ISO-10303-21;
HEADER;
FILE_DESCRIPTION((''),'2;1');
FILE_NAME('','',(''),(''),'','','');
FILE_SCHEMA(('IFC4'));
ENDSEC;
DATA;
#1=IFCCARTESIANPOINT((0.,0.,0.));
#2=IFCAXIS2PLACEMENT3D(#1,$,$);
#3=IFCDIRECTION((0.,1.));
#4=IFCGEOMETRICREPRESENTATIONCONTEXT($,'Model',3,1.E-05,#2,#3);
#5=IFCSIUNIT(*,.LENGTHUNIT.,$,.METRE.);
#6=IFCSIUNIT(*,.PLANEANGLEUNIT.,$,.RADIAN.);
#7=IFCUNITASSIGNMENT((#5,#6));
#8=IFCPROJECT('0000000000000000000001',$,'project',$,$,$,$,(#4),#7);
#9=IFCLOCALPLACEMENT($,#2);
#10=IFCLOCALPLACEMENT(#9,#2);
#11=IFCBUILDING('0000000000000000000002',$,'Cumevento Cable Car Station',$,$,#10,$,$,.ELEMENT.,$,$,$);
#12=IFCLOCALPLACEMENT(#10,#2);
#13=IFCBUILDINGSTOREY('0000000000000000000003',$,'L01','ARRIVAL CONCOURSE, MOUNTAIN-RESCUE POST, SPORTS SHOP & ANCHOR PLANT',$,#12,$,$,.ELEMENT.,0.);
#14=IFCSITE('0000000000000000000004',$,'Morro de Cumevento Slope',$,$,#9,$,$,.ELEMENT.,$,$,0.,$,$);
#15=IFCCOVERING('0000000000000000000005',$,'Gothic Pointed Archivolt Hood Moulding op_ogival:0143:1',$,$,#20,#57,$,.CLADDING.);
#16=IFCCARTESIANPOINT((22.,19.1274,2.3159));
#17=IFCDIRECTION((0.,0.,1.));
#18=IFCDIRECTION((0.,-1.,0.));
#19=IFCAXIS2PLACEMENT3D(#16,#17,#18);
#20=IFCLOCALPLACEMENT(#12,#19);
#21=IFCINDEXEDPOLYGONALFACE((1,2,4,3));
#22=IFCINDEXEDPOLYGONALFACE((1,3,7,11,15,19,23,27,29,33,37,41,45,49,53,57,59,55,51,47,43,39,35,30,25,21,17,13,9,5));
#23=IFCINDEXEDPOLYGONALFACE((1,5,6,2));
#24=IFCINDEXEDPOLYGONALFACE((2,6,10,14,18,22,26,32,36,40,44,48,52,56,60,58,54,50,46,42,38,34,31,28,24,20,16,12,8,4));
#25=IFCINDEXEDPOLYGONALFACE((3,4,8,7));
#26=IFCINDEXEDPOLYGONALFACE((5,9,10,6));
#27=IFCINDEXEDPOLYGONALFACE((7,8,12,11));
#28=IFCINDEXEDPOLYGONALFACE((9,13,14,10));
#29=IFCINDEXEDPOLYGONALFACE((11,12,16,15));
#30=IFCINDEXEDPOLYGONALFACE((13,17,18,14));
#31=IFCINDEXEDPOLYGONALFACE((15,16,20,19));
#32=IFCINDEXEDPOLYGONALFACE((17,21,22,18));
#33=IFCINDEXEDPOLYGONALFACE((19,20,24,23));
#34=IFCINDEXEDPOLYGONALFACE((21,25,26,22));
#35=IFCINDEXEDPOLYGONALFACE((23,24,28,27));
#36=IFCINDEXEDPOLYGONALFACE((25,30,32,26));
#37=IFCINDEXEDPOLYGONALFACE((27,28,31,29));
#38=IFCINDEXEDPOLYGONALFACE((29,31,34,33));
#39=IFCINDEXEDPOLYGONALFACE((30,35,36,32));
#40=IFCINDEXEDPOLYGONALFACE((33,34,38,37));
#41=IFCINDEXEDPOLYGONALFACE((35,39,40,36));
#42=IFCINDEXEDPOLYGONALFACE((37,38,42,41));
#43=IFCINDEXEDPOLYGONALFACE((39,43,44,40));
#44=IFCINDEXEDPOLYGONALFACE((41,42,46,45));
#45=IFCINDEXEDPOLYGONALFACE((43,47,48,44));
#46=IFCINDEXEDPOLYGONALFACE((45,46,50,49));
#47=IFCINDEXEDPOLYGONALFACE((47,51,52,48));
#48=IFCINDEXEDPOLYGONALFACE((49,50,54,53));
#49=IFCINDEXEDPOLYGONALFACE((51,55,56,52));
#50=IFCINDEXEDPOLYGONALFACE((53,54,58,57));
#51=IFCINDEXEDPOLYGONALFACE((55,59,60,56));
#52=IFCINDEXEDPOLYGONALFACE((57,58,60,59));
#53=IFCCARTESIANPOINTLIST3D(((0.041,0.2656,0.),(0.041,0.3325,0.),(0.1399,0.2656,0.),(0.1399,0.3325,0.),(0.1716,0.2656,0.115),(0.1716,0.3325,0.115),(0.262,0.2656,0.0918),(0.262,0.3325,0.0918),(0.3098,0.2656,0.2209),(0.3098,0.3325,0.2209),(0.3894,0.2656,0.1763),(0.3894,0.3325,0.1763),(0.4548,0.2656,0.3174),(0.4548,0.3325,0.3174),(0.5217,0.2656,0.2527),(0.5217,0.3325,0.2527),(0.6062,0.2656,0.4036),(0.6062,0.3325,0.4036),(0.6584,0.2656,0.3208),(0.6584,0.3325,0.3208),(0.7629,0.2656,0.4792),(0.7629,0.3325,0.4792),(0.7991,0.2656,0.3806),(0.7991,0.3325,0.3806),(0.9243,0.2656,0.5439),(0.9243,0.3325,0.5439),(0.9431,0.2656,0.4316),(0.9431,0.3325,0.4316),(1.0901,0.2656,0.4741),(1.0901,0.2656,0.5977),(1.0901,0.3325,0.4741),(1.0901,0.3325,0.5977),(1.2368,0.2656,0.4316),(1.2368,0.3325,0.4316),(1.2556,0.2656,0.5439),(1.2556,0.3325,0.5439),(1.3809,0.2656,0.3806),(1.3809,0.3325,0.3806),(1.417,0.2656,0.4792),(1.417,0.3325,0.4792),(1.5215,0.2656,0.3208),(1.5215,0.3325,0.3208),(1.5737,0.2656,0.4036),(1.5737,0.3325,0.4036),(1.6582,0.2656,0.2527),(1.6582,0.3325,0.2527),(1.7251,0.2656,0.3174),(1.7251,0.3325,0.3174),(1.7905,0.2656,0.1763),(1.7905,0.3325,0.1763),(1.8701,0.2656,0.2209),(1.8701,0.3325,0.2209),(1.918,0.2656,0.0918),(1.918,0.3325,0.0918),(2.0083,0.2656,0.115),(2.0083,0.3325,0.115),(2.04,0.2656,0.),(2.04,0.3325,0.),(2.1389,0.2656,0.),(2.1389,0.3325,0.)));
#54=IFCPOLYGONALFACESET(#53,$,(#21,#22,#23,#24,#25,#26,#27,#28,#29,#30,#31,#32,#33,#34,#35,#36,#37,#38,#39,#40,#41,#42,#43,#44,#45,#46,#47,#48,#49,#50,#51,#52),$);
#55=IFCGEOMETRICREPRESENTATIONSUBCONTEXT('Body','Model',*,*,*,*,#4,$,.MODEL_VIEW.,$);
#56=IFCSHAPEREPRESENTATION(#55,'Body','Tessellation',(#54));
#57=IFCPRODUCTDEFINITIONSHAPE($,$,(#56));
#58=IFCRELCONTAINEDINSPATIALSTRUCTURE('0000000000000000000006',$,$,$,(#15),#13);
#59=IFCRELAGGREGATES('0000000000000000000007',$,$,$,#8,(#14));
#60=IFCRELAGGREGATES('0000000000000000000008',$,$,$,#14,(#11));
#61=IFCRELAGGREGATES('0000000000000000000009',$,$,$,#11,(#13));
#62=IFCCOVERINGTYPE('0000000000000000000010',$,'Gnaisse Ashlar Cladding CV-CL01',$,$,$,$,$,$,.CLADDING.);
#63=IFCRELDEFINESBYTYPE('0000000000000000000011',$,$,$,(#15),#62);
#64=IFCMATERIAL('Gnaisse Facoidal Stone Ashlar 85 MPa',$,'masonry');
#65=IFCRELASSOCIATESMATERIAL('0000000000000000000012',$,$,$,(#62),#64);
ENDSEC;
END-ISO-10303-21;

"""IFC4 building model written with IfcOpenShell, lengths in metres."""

from ifc_helpers import new_model, si_unit, direction, frame, origin, place, context, subcontext, project, spatial, polyline, outline, extrude, material, type_object, element, save


model = new_model("IFC4")

# Units and contexts
model_context = context("Model", 3, precision=1e-05, world=origin(), true_north=direction((0.0, 1.0)))
body_context = subcontext(model_context, "Body", "Model", "MODEL_VIEW")
ifc_project = project(units=[si_unit("LENGTHUNIT", "METRE"), si_unit("PLANEANGLEUNIT", "RADIAN")], contexts=[model_context])

# Site, building, storey
site_placement = place(None, origin())
site = spatial("IfcSite", under=ifc_project, at=site_placement, Name="Morro de Cumevento Slope", CompositionType="ELEMENT", RefElevation=0.0)
building_placement = place(site_placement, origin())
building = spatial("IfcBuilding", under=site, at=building_placement, Name="Cumevento Cable Car Station", CompositionType="ELEMENT")
storey_placement = place(building_placement, origin())
storey = spatial("IfcBuildingStorey", under=building, at=storey_placement, Name="L01", Description="ARRIVAL CONCOURSE, MOUNTAIN-RESCUE POST, SPORTS SHOP & ANCHOR PLANT", CompositionType="ELEMENT", Elevation=0.0)

# Covering
ifc_material_1 = material(Name="Gnaisse Facoidal Stone Ashlar 85 MPa", Category="masonry")
covering_type = type_object("IfcCoveringType", Name="Gnaisse Ashlar Cladding CV-CL01", PredefinedType="CLADDING", material=ifc_material_1)
covering_1_placement = place(storey_placement, frame((22.0, 19.1274, 2.3159), z_axis=(0.0, 0.0, 1.0), x_axis=(0.0, -1.0, 0.0)))
element("IfcCovering", 1, at=covering_1_placement, inside=storey, type_object=covering_type, Name="Gothic Pointed Archivolt Hood Moulding op_ogival:0143:1", PredefinedType="CLADDING", context=body_context, shape_type="SweptSolid", body=[
    extrude(outline(polyline([(0.1399, 0.0), (0.262, 0.0918), (0.3894, 0.1763), (0.5217, 0.2527), (0.6584, 0.3208), (0.7991, 0.3806), (0.9431, 0.4316), (1.0901, 0.4741), (1.2368, 0.4316), (1.3809, 0.3806), (1.5215, 0.3208), (1.6582, 0.2527), (1.7905, 0.1763), (1.918, 0.0918), (2.04, 0.0), (2.1389, 0.0), (2.0083, 0.115), (1.8701, 0.2209), (1.7251, 0.3174), (1.5737, 0.4036), (1.417, 0.4792), (1.2556, 0.5439), (1.0901, 0.5977), (0.9243, 0.5439), (0.7629, 0.4792), (0.6062, 0.4036), (0.4548, 0.3174), (0.3098, 0.2209), (0.1716, 0.115), (0.041, 0.0), (0.1399, 0.0)])), frame((0.0, 0.3325, 0.0), z_axis=(0.0, -1.0, 0.0), x_axis=(1.0, 0.0, 0.0)), (0.0, 0.0, 1.0), 0.0669),
])

save(model, "model.ifc")
